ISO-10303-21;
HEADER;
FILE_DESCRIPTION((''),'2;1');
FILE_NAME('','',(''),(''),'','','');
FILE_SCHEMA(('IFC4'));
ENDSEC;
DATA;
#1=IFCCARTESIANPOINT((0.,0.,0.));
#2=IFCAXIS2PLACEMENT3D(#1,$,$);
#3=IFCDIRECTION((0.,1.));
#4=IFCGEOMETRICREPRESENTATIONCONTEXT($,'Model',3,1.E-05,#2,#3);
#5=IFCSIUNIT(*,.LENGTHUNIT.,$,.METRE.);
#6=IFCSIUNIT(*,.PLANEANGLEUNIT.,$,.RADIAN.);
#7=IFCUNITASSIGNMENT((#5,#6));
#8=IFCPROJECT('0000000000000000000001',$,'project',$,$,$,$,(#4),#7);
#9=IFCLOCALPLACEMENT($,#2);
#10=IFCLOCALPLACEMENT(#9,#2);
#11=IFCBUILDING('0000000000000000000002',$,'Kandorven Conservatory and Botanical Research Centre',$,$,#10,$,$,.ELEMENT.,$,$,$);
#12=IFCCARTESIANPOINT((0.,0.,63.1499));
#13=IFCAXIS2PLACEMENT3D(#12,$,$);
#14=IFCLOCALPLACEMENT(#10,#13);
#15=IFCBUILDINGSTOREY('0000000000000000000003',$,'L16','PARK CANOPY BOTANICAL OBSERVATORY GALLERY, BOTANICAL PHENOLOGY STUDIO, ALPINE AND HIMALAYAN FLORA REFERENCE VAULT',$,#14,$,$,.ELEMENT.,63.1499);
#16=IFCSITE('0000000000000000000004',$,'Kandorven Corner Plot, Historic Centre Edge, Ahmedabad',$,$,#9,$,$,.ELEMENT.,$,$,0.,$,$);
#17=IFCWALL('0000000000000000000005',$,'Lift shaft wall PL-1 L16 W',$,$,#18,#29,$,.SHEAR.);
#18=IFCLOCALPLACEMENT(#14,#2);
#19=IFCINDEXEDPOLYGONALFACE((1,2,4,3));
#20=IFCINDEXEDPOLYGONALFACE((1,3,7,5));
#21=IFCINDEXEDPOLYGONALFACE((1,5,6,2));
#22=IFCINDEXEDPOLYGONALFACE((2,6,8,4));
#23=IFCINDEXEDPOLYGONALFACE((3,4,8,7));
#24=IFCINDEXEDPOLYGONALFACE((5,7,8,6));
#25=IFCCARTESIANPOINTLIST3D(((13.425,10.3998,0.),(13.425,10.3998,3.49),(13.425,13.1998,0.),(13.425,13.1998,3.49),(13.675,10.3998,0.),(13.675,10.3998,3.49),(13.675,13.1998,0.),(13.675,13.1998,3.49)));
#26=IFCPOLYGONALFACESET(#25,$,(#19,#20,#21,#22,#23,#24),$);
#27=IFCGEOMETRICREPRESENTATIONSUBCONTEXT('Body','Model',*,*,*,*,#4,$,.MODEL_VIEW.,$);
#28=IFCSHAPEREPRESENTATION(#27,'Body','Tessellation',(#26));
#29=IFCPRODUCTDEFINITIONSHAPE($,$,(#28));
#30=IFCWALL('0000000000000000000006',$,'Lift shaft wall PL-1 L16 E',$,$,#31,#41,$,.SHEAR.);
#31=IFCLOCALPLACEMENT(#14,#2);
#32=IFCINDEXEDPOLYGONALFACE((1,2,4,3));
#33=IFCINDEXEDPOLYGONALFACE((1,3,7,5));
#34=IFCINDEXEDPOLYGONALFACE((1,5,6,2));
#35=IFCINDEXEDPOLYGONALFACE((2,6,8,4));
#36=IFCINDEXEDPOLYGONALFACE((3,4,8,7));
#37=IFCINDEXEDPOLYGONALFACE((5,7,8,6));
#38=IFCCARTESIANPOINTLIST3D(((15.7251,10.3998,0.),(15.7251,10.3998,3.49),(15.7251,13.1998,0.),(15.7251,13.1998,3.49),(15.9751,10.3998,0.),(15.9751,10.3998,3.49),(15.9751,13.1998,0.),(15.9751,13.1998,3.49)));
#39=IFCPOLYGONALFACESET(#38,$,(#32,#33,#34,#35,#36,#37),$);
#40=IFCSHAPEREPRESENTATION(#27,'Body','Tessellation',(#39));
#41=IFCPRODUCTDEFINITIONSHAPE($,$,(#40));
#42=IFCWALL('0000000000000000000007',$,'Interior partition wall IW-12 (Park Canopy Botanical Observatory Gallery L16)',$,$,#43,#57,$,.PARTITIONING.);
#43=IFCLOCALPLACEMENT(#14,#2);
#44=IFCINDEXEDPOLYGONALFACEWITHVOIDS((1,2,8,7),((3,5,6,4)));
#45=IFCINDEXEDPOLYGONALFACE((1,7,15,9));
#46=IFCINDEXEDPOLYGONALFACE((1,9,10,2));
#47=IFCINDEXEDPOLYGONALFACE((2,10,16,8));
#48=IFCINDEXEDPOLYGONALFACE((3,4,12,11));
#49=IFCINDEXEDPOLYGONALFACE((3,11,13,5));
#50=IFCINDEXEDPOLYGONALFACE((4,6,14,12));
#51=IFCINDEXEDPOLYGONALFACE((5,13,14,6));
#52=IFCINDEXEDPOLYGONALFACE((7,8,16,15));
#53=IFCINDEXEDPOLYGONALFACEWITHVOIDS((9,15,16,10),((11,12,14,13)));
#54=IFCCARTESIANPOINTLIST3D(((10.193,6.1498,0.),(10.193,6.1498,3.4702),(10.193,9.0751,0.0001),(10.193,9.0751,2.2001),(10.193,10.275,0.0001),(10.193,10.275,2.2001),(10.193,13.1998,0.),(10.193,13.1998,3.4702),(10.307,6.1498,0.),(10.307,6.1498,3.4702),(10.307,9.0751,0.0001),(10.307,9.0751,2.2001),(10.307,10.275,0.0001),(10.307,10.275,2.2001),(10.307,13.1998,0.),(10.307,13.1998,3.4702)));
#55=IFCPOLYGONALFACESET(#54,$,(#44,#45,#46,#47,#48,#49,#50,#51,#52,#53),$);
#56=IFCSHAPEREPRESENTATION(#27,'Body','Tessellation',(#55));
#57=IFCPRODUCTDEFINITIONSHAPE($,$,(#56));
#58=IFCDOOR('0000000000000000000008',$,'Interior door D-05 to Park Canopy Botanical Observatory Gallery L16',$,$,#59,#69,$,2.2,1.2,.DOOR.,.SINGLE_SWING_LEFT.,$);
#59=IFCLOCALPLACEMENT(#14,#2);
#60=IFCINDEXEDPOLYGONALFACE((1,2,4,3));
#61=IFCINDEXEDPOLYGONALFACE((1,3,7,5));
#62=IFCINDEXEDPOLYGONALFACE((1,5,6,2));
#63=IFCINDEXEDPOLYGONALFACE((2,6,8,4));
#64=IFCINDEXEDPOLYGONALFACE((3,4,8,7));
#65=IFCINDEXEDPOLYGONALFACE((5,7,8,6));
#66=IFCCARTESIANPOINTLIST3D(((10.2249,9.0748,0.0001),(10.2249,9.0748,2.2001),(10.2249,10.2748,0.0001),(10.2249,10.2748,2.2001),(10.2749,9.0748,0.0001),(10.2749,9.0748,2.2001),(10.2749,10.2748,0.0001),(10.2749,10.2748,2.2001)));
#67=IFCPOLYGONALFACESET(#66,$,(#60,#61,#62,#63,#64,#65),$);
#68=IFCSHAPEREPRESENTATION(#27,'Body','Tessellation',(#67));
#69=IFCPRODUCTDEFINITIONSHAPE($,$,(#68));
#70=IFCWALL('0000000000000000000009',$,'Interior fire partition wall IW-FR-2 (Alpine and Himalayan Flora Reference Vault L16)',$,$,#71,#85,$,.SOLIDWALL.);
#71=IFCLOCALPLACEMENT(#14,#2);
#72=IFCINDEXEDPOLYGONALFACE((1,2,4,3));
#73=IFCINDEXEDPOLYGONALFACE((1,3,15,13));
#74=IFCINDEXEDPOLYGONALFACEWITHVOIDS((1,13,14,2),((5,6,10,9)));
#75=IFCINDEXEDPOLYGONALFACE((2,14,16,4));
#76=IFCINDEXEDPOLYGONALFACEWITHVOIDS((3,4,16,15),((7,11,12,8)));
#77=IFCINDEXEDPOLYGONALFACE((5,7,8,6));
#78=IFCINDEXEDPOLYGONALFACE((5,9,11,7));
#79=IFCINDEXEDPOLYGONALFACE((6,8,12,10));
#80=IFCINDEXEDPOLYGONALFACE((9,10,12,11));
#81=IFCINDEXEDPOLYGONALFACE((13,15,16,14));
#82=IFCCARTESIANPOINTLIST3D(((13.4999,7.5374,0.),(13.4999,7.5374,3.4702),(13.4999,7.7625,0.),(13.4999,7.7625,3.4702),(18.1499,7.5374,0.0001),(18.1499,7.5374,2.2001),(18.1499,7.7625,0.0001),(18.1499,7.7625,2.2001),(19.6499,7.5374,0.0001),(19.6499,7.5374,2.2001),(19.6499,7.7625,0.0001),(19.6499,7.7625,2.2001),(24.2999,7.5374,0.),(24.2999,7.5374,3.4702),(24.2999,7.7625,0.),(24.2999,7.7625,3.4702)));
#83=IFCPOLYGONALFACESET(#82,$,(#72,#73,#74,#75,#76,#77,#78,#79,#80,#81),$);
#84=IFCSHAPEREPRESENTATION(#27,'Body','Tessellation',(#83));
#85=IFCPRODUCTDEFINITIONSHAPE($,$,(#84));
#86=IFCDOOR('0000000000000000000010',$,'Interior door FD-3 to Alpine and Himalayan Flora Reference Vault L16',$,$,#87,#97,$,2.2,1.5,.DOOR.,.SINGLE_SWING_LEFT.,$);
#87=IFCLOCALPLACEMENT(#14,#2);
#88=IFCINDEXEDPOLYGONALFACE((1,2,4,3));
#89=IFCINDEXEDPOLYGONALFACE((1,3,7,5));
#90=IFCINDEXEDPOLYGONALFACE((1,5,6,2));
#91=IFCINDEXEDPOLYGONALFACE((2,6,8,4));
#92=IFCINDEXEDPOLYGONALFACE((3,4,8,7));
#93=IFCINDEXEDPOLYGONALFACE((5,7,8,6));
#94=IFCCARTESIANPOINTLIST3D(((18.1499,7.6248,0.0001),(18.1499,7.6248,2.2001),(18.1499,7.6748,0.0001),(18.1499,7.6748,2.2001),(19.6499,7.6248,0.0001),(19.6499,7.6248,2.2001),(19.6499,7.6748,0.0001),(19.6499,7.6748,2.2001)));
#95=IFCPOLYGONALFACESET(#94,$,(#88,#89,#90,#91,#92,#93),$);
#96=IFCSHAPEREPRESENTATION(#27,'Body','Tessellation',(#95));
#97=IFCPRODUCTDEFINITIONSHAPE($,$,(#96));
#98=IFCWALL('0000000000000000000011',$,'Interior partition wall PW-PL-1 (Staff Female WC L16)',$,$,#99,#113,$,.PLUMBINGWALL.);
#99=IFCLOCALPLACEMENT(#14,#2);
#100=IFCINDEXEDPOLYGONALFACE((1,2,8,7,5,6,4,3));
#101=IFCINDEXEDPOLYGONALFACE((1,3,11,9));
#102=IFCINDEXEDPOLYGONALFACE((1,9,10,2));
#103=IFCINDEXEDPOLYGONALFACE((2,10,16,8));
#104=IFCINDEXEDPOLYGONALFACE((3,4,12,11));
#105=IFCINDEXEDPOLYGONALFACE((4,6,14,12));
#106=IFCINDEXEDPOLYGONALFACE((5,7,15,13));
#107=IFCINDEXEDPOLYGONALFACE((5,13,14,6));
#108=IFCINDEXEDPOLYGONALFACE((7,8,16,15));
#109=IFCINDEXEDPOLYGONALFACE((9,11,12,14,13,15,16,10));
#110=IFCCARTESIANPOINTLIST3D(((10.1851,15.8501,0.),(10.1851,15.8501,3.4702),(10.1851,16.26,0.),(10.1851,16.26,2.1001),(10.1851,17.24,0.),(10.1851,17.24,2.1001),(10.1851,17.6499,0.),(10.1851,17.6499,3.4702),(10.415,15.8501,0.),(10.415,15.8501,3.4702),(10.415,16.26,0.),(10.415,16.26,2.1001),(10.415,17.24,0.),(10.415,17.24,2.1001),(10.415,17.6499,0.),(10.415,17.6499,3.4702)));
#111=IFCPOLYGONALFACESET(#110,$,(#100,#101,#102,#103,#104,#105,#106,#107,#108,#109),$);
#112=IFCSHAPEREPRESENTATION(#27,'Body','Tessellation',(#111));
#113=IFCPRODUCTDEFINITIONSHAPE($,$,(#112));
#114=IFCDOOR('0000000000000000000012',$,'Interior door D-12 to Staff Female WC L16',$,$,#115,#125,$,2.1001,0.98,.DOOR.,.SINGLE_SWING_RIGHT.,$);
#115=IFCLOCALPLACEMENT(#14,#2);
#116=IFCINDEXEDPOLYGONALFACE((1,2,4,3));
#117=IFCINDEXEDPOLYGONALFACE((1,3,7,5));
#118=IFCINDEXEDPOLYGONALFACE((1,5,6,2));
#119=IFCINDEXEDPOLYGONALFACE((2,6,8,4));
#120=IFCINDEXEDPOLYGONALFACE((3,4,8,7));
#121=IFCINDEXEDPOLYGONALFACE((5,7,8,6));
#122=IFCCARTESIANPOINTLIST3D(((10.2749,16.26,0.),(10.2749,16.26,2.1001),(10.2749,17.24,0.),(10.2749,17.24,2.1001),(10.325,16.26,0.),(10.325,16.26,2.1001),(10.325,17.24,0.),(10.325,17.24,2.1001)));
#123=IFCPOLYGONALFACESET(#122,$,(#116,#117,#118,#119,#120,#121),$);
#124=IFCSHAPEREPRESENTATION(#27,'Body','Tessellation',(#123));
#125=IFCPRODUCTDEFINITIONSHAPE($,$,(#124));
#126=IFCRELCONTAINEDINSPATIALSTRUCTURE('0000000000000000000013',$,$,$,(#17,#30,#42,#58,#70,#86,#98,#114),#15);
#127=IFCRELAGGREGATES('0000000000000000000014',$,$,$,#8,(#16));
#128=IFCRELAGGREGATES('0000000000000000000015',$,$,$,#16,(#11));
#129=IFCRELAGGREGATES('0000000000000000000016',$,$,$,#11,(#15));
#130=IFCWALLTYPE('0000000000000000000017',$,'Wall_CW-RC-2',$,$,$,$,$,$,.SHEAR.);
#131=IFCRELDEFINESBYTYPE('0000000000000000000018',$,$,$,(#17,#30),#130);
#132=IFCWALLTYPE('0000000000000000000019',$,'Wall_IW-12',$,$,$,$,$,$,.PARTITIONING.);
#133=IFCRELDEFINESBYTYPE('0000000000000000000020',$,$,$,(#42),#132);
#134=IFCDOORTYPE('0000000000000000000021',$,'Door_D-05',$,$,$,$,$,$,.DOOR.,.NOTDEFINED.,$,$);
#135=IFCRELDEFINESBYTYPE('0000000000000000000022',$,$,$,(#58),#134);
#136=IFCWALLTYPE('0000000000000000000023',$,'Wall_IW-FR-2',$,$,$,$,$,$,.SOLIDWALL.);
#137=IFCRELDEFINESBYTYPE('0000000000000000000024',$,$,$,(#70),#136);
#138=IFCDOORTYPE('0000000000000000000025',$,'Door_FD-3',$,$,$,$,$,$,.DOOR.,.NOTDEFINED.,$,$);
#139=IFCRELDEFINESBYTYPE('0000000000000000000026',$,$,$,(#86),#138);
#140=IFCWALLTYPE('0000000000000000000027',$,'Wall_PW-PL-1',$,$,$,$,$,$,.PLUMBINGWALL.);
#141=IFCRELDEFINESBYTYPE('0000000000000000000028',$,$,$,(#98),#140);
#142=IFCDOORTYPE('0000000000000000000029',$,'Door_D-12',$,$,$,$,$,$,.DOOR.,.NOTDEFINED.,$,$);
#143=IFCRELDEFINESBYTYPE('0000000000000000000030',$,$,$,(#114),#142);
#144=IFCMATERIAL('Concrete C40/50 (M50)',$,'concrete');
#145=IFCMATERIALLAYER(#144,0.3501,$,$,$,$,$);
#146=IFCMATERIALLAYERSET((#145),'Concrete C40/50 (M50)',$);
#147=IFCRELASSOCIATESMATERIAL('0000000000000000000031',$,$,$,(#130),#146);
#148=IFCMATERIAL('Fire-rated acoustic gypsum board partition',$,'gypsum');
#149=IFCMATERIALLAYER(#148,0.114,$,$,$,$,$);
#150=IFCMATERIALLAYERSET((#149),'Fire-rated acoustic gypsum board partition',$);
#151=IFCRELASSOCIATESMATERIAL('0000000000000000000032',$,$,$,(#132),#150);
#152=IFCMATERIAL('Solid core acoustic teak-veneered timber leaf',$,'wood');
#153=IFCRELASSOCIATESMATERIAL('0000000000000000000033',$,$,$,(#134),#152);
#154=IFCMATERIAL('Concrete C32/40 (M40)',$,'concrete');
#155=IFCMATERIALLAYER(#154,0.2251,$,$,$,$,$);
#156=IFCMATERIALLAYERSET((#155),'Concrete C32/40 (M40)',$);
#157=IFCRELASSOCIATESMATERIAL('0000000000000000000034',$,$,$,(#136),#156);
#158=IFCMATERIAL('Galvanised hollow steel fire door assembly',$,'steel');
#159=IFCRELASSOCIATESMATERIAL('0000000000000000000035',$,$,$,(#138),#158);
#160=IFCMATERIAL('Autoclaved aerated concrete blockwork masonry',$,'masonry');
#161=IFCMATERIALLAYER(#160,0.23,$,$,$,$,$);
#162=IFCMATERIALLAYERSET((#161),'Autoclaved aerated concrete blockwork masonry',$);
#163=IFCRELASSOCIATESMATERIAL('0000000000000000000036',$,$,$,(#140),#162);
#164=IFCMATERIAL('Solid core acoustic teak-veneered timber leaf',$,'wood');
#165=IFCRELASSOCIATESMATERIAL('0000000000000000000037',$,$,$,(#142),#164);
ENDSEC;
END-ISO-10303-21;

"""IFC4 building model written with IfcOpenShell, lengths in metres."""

from ifc_helpers import new_model, si_unit, direction, frame, frame_2d, origin, place, context, subcontext, project, spatial, rectangle, extrude, material, layer, layer_set, type_object, element, fill, save


model = new_model("IFC4")

# Units and contexts
model_context = context("Model", 3, precision=1e-05, world=origin(), true_north=direction((0.0, 1.0)))
body_context = subcontext(model_context, "Body", "Model", "MODEL_VIEW")
ifc_project = project(units=[si_unit("LENGTHUNIT", "METRE"), si_unit("PLANEANGLEUNIT", "RADIAN")], contexts=[model_context])

# Site, building, storey
site_placement = place(None, origin())
site = spatial("IfcSite", under=ifc_project, at=site_placement, Name="Kandorven Corner Plot, Historic Centre Edge, Ahmedabad", CompositionType="ELEMENT", RefElevation=0.0)
building_placement = place(site_placement, origin())
building = spatial("IfcBuilding", under=site, at=building_placement, Name="Kandorven Conservatory and Botanical Research Centre", CompositionType="ELEMENT")
storey_placement = place(building_placement, frame((0.0, 0.0, 63.1499)))
storey = spatial("IfcBuildingStorey", under=building, at=storey_placement, Name="L16", Description="PARK CANOPY BOTANICAL OBSERVATORY GALLERY, BOTANICAL PHENOLOGY STUDIO, ALPINE AND HIMALAYAN FLORA REFERENCE VAULT", CompositionType="ELEMENT", Elevation=63.1499)

# Shared definitions
ifc_material_1 = material(Name="Concrete C40/50 (M50)", Category="concrete")
ifc_layer_1 = layer(ifc_material_1, 0.3501)
ifc_layer_set_1 = layer_set([ifc_layer_1], Name="Concrete C40/50 (M50)")
wall_type_1 = type_object("IfcWallType", Name="Wall_CW-RC-2", PredefinedType="SHEAR", material=ifc_layer_set_1)

# Walls
for number, where, z_axis, x_axis, name in (
    (1, (13.55, 10.3999, 0.0), (0.0, 0.0, 1.0), (0.0, 1.0, 0.0), "Lift shaft wall PL-1 L16 W"),
    (2, (15.8501, 10.3999, 0.0), (0.0, 0.0, 1.0), (0.0, 1.0, 0.0), "Lift shaft wall PL-1 L16 E"),
):
    element("IfcWall", number, at=place(storey_placement, frame(where, z_axis=z_axis, x_axis=x_axis)), inside=storey, type_object=wall_type_1, Name=name, PredefinedType="SHEAR", context=body_context, shape_type="SweptSolid", body=[
        extrude(rectangle(XDim=2.8, YDim=0.25, at=frame_2d((1.3999, 0.0))), origin(), (0.0, 0.0, 1.0), 3.49),
    ])

# Walls, openings, doors
ifc_material_2 = material(Name="Fire-rated acoustic gypsum board partition", Category="gypsum")
ifc_layer_2 = layer(ifc_material_2, 0.114)
ifc_layer_set_2 = layer_set([ifc_layer_2], Name="Fire-rated acoustic gypsum board partition")
wall_type_2 = type_object("IfcWallType", Name="Wall_IW-12", PredefinedType="PARTITIONING", material=ifc_layer_set_2)
wall_1_placement = place(storey_placement, frame((10.25, 6.1499, 0.0), z_axis=(0.0, 0.0, 1.0), x_axis=(0.0, 1.0, 0.0)))
wall_1 = element("IfcWall", 3, at=wall_1_placement, inside=storey, type_object=wall_type_2, Name="Interior partition wall IW-12 (Park Canopy Botanical Observatory Gallery L16)", PredefinedType="PARTITIONING", context=body_context, shape_type="SweptSolid", body=[
    extrude(rectangle(XDim=7.05, YDim=0.114, at=frame_2d((3.5249, 0.0))), origin(), (0.0, 0.0, 1.0), 3.4702),
])
opening_1_placement = place(wall_1_placement, frame((2.925, 0.0, 0.0)))
opening_1 = element("IfcOpeningElement", 4, at=opening_1_placement, cuts=wall_1, PredefinedType="OPENING", context=body_context, shape_type="SweptSolid", body=[
    extrude(rectangle(XDim=1.2, YDim=2.2, at=frame_2d((0.6001, 1.1001))), frame((0.0, 0.0669, 0.0), z_axis=(0.0, -1.0, 0.0), x_axis=(1.0, 0.0, 0.0)), (0.0, 0.0, 1.0), 0.134),
])
ifc_material_3 = material(Name="Solid core acoustic teak-veneered timber leaf", Category="wood")
door_type_1 = type_object("IfcDoorType", Name="Door_D-05", OperationType="NOTDEFINED", PredefinedType="DOOR", material=ifc_material_3)
door_1_placement = place(opening_1_placement, frame((1.2, 0.0, 0.0), z_axis=(0.0, 0.0, 1.0), x_axis=(-1.0, 0.0, 0.0)))
door_1 = element("IfcDoor", 5, at=door_1_placement, inside=storey, type_object=door_type_1, Name="Interior door D-05 to Park Canopy Botanical Observatory Gallery L16", OperationType="SINGLE_SWING_LEFT", OverallHeight=2.2, OverallWidth=1.2, PredefinedType="DOOR", context=body_context, shape_type="SweptSolid", body=[
    extrude(rectangle(XDim=1.2, YDim=2.2, at=frame_2d((0.6001, 1.1001))), frame((0.0, 0.0249, 0.0), z_axis=(0.0, -1.0, 0.0), x_axis=(1.0, 0.0, 0.0)), (0.0, 0.0, 1.0), 0.05),
])
fill(opening_1, door_1)
ifc_material_4 = material(Name="Concrete C32/40 (M40)", Category="concrete")
ifc_layer_3 = layer(ifc_material_4, 0.2251)
ifc_layer_set_3 = layer_set([ifc_layer_3], Name="Concrete C32/40 (M40)")
wall_type_3 = type_object("IfcWallType", Name="Wall_IW-FR-2", PredefinedType="SOLIDWALL", material=ifc_layer_set_3)
wall_2_placement = place(storey_placement, frame((13.5, 7.6499, 0.0), z_axis=(0.0, 0.0, 1.0), x_axis=(1.0, 0.0, 0.0)))
wall_2 = element("IfcWall", 6, at=wall_2_placement, inside=storey, type_object=wall_type_3, Name="Interior fire partition wall IW-FR-2 (Alpine and Himalayan Flora Reference Vault L16)", PredefinedType="SOLIDWALL", context=body_context, shape_type="SweptSolid", body=[
    extrude(rectangle(XDim=10.8, YDim=0.2251, at=frame_2d((5.3999, 0.0))), origin(), (0.0, 0.0, 1.0), 3.4702),
])
opening_2_placement = place(wall_2_placement, frame((4.6499, 0.0, 0.0)))
opening_2 = element("IfcOpeningElement", 7, at=opening_2_placement, cuts=wall_2, PredefinedType="OPENING", context=body_context, shape_type="SweptSolid", body=[
    extrude(rectangle(XDim=1.5, YDim=2.2, at=frame_2d((0.75, 1.1001))), frame((0.0, 0.1226, 0.0), z_axis=(0.0, -1.0, 0.0), x_axis=(1.0, 0.0, 0.0)), (0.0, 0.0, 1.0), 0.2451),
])
ifc_material_5 = material(Name="Galvanised hollow steel fire door assembly", Category="steel")
door_type_2 = type_object("IfcDoorType", Name="Door_FD-3", OperationType="NOTDEFINED", PredefinedType="DOOR", material=ifc_material_5)
door_2_placement = place(opening_2_placement, origin())
door_2 = element("IfcDoor", 8, at=door_2_placement, inside=storey, type_object=door_type_2, Name="Interior door FD-3 to Alpine and Himalayan Flora Reference Vault L16", OperationType="SINGLE_SWING_LEFT", OverallHeight=2.2, OverallWidth=1.5, PredefinedType="DOOR", context=body_context, shape_type="SweptSolid", body=[
    extrude(rectangle(XDim=1.5, YDim=2.2, at=frame_2d((0.75, 1.1001))), frame((0.0, 0.0249, 0.0), z_axis=(0.0, -1.0, 0.0), x_axis=(1.0, 0.0, 0.0)), (0.0, 0.0, 1.0), 0.05),
])
fill(opening_2, door_2)
ifc_material_6 = material(Name="Autoclaved aerated concrete blockwork masonry", Category="masonry")
ifc_layer_4 = layer(ifc_material_6, 0.23)
ifc_layer_set_4 = layer_set([ifc_layer_4], Name="Autoclaved aerated concrete blockwork masonry")
wall_type_4 = type_object("IfcWallType", Name="Wall_PW-PL-1", PredefinedType="PLUMBINGWALL", material=ifc_layer_set_4)
wall_3_placement = place(storey_placement, frame((10.3, 15.8501, 0.0), z_axis=(0.0, 0.0, 1.0), x_axis=(0.0, 1.0, 0.0)))
wall_3 = element("IfcWall", 9, at=wall_3_placement, inside=storey, type_object=wall_type_4, Name="Interior partition wall PW-PL-1 (Staff Female WC L16)", PredefinedType="PLUMBINGWALL", context=body_context, shape_type="SweptSolid", body=[
    extrude(rectangle(XDim=1.7998, YDim=0.23, at=frame_2d((0.8999, 0.0))), origin(), (0.0, 0.0, 1.0), 3.4702),
])
opening_3_placement = place(wall_3_placement, frame((0.4099, 0.0, 0.0)))
opening_3 = element("IfcOpeningElement", 10, at=opening_3_placement, cuts=wall_3, PredefinedType="OPENING", context=body_context, shape_type="SweptSolid", body=[
    extrude(rectangle(XDim=0.98, YDim=2.1001, at=frame_2d((0.49, 1.05))), frame((0.0, 0.125, 0.0), z_axis=(0.0, -1.0, 0.0), x_axis=(1.0, 0.0, 0.0)), (0.0, 0.0, 1.0), 0.25),
])
ifc_material_7 = material(Name="Solid core acoustic teak-veneered timber leaf", Category="wood")
door_type_3 = type_object("IfcDoorType", Name="Door_D-12", OperationType="NOTDEFINED", PredefinedType="DOOR", material=ifc_material_7)
door_3_placement = place(opening_3_placement, frame((0.98, 0.0, 0.0), z_axis=(0.0, 0.0, 1.0), x_axis=(-1.0, 0.0, 0.0)))
door_3 = element("IfcDoor", 11, at=door_3_placement, inside=storey, type_object=door_type_3, Name="Interior door D-12 to Staff Female WC L16", OperationType="SINGLE_SWING_RIGHT", OverallHeight=2.1001, OverallWidth=0.98, PredefinedType="DOOR", context=body_context, shape_type="SweptSolid", body=[
    extrude(rectangle(XDim=0.98, YDim=2.1001, at=frame_2d((0.49, 1.05))), frame((0.0, 0.0249, 0.0), z_axis=(0.0, -1.0, 0.0), x_axis=(1.0, 0.0, 0.0)), (0.0, 0.0, 1.0), 0.05),
])
fill(opening_3, door_3)

save(model, "model.ifc")
